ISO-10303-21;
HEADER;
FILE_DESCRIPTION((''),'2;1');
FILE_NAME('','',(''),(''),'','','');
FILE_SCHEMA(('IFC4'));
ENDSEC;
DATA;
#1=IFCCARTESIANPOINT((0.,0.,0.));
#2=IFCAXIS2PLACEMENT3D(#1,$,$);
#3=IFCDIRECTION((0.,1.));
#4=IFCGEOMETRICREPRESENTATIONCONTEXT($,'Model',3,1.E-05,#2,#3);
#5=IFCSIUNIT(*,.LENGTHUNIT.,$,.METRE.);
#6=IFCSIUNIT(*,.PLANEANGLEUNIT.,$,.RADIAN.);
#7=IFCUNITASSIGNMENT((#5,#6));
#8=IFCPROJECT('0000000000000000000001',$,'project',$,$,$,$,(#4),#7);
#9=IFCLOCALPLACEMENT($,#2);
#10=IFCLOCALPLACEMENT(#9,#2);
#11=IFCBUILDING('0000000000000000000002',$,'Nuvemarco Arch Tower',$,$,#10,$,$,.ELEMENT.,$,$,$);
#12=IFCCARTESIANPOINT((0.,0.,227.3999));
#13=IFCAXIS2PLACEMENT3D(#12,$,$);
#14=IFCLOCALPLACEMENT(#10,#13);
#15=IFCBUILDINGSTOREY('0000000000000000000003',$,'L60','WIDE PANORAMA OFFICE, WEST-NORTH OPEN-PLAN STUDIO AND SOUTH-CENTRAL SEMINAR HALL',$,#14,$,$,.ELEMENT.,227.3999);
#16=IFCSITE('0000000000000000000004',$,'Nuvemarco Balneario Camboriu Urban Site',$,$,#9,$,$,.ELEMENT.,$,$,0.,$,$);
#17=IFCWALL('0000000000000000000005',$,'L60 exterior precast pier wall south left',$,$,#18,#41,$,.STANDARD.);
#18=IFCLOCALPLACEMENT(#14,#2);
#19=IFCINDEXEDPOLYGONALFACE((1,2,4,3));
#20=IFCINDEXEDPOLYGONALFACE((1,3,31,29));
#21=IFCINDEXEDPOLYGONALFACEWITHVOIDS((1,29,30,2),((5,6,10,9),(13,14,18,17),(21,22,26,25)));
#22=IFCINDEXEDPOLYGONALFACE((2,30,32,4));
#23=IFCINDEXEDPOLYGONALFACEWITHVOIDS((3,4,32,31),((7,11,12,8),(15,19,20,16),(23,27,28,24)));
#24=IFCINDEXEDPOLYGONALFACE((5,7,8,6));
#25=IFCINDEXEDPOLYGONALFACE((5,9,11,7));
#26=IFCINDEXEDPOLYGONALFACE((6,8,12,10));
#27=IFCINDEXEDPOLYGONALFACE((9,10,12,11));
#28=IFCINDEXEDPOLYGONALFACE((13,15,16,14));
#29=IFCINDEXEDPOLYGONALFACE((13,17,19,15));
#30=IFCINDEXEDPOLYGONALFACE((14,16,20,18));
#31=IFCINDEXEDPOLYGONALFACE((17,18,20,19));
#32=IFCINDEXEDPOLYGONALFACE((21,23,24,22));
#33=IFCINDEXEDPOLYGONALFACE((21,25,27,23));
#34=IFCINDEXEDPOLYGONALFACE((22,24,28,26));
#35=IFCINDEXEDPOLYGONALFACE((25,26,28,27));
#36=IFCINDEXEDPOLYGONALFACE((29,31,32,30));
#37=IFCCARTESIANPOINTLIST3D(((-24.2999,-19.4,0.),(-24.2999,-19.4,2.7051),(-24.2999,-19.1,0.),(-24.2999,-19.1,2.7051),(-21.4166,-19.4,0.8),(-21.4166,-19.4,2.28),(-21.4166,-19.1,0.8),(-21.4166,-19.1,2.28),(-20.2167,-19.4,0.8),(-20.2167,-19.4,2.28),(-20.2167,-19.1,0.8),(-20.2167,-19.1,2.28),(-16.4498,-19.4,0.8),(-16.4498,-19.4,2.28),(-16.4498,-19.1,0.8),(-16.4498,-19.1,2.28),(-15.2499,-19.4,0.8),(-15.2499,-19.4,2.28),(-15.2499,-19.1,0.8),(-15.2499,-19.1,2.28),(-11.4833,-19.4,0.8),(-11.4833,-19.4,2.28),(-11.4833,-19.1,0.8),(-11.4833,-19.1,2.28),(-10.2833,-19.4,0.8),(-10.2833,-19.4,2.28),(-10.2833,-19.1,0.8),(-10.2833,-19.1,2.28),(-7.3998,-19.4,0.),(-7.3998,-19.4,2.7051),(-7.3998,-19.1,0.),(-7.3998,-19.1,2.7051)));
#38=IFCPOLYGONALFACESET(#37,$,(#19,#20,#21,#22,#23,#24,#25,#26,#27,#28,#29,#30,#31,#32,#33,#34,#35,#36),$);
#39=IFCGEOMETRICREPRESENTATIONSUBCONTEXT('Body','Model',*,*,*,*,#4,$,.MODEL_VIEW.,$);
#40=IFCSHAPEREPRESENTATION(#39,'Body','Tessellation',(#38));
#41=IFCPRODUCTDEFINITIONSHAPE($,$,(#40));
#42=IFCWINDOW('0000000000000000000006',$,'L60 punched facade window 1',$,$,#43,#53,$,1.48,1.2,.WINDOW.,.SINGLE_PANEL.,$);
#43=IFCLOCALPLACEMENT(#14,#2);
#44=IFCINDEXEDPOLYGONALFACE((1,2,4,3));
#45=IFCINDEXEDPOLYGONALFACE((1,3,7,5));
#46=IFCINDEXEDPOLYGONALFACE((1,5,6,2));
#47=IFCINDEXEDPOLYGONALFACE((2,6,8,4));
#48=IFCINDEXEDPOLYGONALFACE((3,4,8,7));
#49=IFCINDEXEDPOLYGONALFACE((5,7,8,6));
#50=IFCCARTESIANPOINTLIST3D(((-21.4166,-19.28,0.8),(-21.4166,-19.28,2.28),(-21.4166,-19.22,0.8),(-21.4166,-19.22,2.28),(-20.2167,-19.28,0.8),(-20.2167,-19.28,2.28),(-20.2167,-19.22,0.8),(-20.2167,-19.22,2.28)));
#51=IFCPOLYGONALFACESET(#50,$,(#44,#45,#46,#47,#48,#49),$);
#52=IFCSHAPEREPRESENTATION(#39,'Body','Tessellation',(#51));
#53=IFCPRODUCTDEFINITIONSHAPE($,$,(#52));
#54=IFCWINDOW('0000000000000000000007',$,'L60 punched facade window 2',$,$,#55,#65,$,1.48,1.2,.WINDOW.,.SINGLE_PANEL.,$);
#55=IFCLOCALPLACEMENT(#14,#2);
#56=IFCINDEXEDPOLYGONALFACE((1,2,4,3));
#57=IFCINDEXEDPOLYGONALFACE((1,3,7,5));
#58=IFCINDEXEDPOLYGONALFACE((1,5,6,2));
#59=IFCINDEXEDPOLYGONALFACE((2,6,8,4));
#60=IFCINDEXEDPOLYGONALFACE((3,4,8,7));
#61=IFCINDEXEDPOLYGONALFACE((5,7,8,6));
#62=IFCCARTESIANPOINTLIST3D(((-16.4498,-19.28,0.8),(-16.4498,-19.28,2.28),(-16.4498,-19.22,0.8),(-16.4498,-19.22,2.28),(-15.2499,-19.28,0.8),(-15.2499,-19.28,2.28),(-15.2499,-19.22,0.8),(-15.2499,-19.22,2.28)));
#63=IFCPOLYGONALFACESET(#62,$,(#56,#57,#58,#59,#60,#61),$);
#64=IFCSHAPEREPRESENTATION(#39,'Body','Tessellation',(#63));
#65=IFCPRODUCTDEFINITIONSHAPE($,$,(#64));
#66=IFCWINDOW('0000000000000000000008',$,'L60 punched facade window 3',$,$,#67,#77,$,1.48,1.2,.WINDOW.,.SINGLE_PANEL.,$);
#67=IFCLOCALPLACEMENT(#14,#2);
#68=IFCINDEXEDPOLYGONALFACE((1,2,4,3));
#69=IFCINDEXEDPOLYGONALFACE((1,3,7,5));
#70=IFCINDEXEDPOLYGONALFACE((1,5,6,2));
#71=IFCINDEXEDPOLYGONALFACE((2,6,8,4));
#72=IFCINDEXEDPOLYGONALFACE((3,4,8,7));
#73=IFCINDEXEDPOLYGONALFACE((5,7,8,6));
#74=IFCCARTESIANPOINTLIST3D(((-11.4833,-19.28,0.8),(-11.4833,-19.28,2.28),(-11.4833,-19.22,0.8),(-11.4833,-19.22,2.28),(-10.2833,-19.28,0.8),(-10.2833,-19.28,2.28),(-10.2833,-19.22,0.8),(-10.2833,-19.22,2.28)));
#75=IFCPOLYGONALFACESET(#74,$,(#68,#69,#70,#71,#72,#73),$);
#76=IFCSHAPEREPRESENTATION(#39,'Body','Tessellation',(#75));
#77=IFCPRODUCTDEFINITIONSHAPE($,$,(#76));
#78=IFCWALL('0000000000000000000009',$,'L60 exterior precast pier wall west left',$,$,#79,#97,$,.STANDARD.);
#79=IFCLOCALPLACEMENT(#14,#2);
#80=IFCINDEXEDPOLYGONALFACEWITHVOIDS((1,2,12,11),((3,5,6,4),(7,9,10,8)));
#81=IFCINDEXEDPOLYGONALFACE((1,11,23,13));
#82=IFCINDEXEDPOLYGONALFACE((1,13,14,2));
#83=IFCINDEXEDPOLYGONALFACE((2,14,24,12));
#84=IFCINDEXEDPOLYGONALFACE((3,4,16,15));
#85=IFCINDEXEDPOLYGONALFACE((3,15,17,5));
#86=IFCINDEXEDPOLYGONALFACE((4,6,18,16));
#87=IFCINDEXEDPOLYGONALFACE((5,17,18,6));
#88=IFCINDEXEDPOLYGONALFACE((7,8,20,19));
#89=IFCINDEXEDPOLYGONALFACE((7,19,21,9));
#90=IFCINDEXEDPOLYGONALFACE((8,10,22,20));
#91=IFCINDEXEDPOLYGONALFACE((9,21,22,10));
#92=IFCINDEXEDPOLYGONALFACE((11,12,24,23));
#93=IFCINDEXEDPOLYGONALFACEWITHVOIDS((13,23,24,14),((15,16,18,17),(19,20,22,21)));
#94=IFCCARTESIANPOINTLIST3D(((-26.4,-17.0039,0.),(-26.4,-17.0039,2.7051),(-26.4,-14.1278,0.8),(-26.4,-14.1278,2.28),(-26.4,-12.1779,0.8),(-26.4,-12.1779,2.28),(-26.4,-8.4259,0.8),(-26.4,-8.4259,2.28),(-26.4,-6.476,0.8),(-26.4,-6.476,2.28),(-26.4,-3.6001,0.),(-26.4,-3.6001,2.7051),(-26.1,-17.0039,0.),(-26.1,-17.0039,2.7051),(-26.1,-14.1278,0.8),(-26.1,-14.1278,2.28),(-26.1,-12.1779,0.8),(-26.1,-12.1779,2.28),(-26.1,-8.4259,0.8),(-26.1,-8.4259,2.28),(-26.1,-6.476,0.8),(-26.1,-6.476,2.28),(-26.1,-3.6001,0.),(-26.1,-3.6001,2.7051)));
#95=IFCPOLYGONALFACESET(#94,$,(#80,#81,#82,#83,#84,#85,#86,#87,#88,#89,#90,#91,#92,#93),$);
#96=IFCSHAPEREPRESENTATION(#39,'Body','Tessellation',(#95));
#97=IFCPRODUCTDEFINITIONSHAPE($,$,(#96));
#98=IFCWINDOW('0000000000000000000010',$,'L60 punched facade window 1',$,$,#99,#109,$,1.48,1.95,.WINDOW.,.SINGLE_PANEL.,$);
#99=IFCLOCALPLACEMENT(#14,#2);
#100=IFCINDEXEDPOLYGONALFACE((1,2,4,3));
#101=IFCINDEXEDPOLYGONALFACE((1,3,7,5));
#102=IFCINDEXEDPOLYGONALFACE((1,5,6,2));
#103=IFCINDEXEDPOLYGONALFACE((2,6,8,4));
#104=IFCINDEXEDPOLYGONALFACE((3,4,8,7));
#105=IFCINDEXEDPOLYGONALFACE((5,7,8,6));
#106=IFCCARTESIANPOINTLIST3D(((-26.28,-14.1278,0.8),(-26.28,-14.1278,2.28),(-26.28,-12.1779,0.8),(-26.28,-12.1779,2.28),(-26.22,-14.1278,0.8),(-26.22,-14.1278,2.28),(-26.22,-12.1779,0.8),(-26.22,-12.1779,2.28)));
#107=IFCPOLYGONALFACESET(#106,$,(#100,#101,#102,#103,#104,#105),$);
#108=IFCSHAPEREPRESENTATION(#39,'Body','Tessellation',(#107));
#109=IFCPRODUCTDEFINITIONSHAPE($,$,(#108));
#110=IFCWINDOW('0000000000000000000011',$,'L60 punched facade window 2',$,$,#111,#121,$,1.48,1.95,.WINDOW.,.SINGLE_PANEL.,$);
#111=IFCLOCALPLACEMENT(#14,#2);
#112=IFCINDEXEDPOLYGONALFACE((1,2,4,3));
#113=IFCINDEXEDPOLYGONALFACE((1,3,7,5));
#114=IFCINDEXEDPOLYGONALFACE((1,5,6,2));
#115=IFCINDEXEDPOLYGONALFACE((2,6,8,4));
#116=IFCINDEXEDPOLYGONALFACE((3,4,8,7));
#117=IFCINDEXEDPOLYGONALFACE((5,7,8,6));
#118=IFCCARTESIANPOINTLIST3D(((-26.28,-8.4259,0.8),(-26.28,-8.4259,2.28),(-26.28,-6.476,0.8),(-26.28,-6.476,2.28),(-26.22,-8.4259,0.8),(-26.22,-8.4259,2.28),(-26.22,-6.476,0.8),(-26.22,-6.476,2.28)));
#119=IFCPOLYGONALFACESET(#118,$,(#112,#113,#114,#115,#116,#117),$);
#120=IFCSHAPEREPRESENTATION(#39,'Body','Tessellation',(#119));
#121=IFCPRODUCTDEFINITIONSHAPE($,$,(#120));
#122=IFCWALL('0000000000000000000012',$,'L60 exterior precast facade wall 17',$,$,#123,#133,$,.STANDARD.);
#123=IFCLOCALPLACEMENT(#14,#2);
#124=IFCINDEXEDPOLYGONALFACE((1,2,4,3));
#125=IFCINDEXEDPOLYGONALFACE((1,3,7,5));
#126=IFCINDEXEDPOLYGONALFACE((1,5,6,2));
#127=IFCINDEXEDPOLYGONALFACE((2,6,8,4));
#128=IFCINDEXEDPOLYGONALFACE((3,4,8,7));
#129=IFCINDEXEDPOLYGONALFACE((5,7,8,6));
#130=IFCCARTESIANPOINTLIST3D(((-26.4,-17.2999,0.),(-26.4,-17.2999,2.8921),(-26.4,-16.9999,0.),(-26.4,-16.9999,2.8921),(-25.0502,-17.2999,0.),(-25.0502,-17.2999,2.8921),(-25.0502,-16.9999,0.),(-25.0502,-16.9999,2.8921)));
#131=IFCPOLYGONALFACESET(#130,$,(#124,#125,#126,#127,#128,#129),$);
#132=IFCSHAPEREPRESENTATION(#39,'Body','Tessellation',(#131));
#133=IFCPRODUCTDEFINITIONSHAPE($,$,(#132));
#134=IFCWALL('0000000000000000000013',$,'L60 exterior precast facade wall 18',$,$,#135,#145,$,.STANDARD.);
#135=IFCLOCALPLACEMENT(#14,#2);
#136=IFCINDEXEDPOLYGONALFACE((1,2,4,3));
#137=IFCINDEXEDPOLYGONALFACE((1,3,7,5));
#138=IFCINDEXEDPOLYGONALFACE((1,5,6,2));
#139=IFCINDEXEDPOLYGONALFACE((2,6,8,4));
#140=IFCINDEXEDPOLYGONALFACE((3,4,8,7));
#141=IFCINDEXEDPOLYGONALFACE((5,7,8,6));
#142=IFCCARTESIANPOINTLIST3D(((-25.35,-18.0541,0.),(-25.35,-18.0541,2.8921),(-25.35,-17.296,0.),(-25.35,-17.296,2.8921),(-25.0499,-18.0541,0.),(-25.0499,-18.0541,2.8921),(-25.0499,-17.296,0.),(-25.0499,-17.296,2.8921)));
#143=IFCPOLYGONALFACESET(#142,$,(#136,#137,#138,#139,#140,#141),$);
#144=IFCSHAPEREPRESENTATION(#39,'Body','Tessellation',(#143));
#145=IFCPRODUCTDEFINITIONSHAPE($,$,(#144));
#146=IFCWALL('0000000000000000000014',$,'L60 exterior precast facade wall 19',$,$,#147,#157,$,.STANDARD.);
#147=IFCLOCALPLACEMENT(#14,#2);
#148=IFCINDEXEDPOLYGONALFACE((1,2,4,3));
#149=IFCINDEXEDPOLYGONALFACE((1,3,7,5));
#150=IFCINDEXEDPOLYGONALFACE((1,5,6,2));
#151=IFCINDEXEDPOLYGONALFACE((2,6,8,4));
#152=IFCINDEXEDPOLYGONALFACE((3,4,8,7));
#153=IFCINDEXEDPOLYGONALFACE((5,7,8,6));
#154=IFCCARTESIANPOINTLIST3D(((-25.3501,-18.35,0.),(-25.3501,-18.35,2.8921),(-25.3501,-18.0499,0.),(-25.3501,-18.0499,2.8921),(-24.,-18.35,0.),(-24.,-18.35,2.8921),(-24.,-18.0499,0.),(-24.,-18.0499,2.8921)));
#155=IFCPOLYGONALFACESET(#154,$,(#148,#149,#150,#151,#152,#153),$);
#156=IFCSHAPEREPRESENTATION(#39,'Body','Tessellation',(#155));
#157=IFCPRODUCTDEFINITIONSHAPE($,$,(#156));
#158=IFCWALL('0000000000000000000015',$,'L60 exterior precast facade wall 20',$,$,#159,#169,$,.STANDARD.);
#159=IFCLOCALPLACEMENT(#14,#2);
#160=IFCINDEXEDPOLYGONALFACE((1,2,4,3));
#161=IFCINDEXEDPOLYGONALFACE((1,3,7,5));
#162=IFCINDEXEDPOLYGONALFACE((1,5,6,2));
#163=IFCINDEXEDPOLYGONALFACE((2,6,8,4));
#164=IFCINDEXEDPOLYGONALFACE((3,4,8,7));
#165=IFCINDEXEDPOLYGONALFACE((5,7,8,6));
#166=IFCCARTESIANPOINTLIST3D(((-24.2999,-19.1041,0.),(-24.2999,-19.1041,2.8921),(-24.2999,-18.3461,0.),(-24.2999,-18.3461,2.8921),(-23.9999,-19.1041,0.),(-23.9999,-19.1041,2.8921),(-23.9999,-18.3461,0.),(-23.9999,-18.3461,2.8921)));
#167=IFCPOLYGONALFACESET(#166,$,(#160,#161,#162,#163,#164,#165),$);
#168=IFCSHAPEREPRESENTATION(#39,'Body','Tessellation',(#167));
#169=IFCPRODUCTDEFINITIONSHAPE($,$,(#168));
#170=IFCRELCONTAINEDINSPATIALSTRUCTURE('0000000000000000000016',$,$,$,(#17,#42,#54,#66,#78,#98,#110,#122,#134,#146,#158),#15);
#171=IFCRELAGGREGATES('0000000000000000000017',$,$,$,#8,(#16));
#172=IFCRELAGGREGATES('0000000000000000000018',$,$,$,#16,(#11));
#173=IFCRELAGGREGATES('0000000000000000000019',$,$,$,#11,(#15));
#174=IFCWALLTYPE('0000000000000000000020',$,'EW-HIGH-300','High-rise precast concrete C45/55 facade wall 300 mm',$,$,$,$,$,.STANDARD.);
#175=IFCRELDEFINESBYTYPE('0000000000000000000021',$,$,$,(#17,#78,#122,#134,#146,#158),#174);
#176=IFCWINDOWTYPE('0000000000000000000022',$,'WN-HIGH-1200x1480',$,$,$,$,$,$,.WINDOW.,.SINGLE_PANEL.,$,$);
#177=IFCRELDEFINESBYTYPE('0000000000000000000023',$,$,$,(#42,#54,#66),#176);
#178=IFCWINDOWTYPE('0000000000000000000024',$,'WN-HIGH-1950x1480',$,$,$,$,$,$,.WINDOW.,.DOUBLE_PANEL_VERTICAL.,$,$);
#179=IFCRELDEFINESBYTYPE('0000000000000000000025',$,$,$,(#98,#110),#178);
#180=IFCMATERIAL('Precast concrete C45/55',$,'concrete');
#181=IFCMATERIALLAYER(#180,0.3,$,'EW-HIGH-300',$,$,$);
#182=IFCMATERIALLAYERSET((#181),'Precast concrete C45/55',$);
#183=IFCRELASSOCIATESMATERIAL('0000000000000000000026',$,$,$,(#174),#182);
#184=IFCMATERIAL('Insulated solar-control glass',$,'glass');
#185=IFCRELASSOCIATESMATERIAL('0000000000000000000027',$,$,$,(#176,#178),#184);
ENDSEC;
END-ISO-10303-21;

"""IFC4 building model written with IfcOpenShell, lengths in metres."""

from ifc_helpers import new_model, si_unit, direction, frame, frame_2d, origin, place, context, subcontext, project, spatial, rectangle, extrude, source, transform, mapped, material, layer, layer_set, type_object, type_shapes, element, fill, save


model = new_model("IFC4")

# Units and contexts
model_context = context("Model", 3, precision=1e-05, world=origin(), true_north=direction((0.0, 1.0)))
body_context = subcontext(model_context, "Body", "Model", "MODEL_VIEW")
ifc_project = project(units=[si_unit("LENGTHUNIT", "METRE"), si_unit("PLANEANGLEUNIT", "RADIAN")], contexts=[model_context])

# Site, building, storey
site_placement = place(None, origin())
site = spatial("IfcSite", under=ifc_project, at=site_placement, Name="Nuvemarco Balneario Camboriu Urban Site", CompositionType="ELEMENT", RefElevation=0.0)
building_placement = place(site_placement, origin())
building = spatial("IfcBuilding", under=site, at=building_placement, Name="Nuvemarco Arch Tower", CompositionType="ELEMENT")
storey_placement = place(building_placement, frame((0.0, 0.0, 227.3999)))
storey = spatial("IfcBuildingStorey", under=building, at=storey_placement, Name="L60", Description="WIDE PANORAMA OFFICE, WEST-NORTH OPEN-PLAN STUDIO AND SOUTH-CENTRAL SEMINAR HALL", CompositionType="ELEMENT", Elevation=227.3999)

# Shared definitions
ifc_material_1 = material(Name="Precast concrete C45/55", Category="concrete")

# Walls, openings, windows
ifc_layer_1 = layer(ifc_material_1, 0.3, Name="EW-HIGH-300")
ifc_layer_set_1 = layer_set([ifc_layer_1], Name="Precast concrete C45/55")
wall_type_1 = type_object("IfcWallType", Name="EW-HIGH-300", Description="High-rise precast concrete C45/55 facade wall 300 mm", PredefinedType="STANDARD", material=ifc_layer_set_1)
wall_1_placement = place(storey_placement, frame((-24.3, -19.25, 0.0), z_axis=(0.0, 0.0, 1.0), x_axis=(1.0, 0.0, 0.0)))
wall_1 = element("IfcWall", 1, at=wall_1_placement, inside=storey, type_object=wall_type_1, Name="L60 exterior precast pier wall south left", PredefinedType="STANDARD", context=body_context, shape_type="SweptSolid", body=[
    extrude(rectangle(XDim=16.9001, YDim=0.3, at=frame_2d((8.4502, 0.0))), origin(), (0.0, 0.0, 1.0), 2.7051),
])
opening_1_placement = place(wall_1_placement, frame((2.8833, 0.0, 0.8)))
opening_1 = element("IfcOpeningElement", 2, at=opening_1_placement, cuts=wall_1, PredefinedType="OPENING", context=body_context, shape_type="SweptSolid", body=[
    extrude(rectangle(XDim=1.2, YDim=1.48, at=frame_2d((0.6001, 0.74))), frame((0.0, 0.1599, 0.0), z_axis=(0.0, -1.0, 0.0), x_axis=(1.0, 0.0, 0.0)), (0.0, 0.0, 1.0), 0.3201),
])
opening_2_placement = place(wall_1_placement, frame((7.8501, 0.0, 0.8)))
opening_2 = element("IfcOpeningElement", 3, at=opening_2_placement, cuts=wall_1, PredefinedType="OPENING", context=body_context, shape_type="SweptSolid", body=[
    extrude(rectangle(XDim=1.2, YDim=1.48, at=frame_2d((0.6001, 0.74))), frame((0.0, 0.1599, 0.0), z_axis=(0.0, -1.0, 0.0), x_axis=(1.0, 0.0, 0.0)), (0.0, 0.0, 1.0), 0.3201),
])
opening_3_placement = place(wall_1_placement, frame((12.8167, 0.0, 0.8)))
opening_3 = element("IfcOpeningElement", 4, at=opening_3_placement, cuts=wall_1, PredefinedType="OPENING", context=body_context, shape_type="SweptSolid", body=[
    extrude(rectangle(XDim=1.2, YDim=1.48, at=frame_2d((0.6001, 0.74))), frame((0.0, 0.1599, 0.0), z_axis=(0.0, -1.0, 0.0), x_axis=(1.0, 0.0, 0.0)), (0.0, 0.0, 1.0), 0.3201),
])
ifc_material_2 = material(Name="Insulated solar-control glass", Category="glass")
window_type_1 = type_object("IfcWindowType", Name="WN-HIGH-1200x1480", PartitioningType="SINGLE_PANEL", PredefinedType="WINDOW", material=ifc_material_2)
shared_shape_1 = source(origin(), body_context, "Body", "SweptSolid", [
    extrude(rectangle(XDim=1.2, YDim=1.48, at=frame_2d((0.6001, 0.74))), frame((0.0, 0.03, 0.0), z_axis=(0.0, -1.0, 0.0), x_axis=(1.0, 0.0, 0.0)), (0.0, 0.0, 1.0), 0.0601),
])
type_shapes(window_type_1, [shared_shape_1])
window_1_placement = place(opening_1_placement, origin())
window_1 = element("IfcWindow", 5, at=window_1_placement, inside=storey, type_object=window_type_1, Name="L60 punched facade window 1", OverallHeight=1.48, OverallWidth=1.2, PartitioningType="SINGLE_PANEL", PredefinedType="WINDOW", context=body_context, shape_type="MappedRepresentation", body=[
    mapped(shared_shape_1, transform((0.0, 0.0, 0.0), scale=1.0)),
])
fill(opening_1, window_1)
window_2_placement = place(opening_2_placement, origin())
window_2 = element("IfcWindow", 6, at=window_2_placement, inside=storey, type_object=window_type_1, Name="L60 punched facade window 2", OverallHeight=1.48, OverallWidth=1.2, PartitioningType="SINGLE_PANEL", PredefinedType="WINDOW", context=body_context, shape_type="MappedRepresentation", body=[
    mapped(shared_shape_1, transform((0.0, 0.0, 0.0), scale=1.0)),
])
fill(opening_2, window_2)
window_3_placement = place(opening_3_placement, origin())
window_3 = element("IfcWindow", 7, at=window_3_placement, inside=storey, type_object=window_type_1, Name="L60 punched facade window 3", OverallHeight=1.48, OverallWidth=1.2, PartitioningType="SINGLE_PANEL", PredefinedType="WINDOW", context=body_context, shape_type="MappedRepresentation", body=[
    mapped(shared_shape_1, transform((0.0, 0.0, 0.0), scale=1.0)),
])
fill(opening_3, window_3)
wall_2_placement = place(storey_placement, frame((-26.25, -17.0039, 0.0), z_axis=(0.0, 0.0, 1.0), x_axis=(0.0, 1.0, 0.0)))
wall_2 = element("IfcWall", 8, at=wall_2_placement, inside=storey, type_object=wall_type_1, Name="L60 exterior precast pier wall west left", PredefinedType="STANDARD", context=body_context, shape_type="SweptSolid", body=[
    extrude(rectangle(XDim=13.4038, YDim=0.3, at=frame_2d((6.7019, 0.0))), origin(), (0.0, 0.0, 1.0), 2.7051),
])
opening_4_placement = place(wall_2_placement, frame((2.876, 0.0, 0.8)))
opening_4 = element("IfcOpeningElement", 9, at=opening_4_placement, cuts=wall_2, PredefinedType="OPENING", context=body_context, shape_type="SweptSolid", body=[
    extrude(rectangle(XDim=1.95, YDim=1.48, at=frame_2d((0.9751, 0.74))), frame((0.0, 0.1599, 0.0), z_axis=(0.0, -1.0, 0.0), x_axis=(1.0, 0.0, 0.0)), (0.0, 0.0, 1.0), 0.3201),
])
opening_5_placement = place(wall_2_placement, frame((8.5779, 0.0, 0.8)))
opening_5 = element("IfcOpeningElement", 10, at=opening_5_placement, cuts=wall_2, PredefinedType="OPENING", context=body_context, shape_type="SweptSolid", body=[
    extrude(rectangle(XDim=1.95, YDim=1.48, at=frame_2d((0.9751, 0.74))), frame((0.0, 0.1599, 0.0), z_axis=(0.0, -1.0, 0.0), x_axis=(1.0, 0.0, 0.0)), (0.0, 0.0, 1.0), 0.3201),
])
window_type_2 = type_object("IfcWindowType", Name="WN-HIGH-1950x1480", PartitioningType="DOUBLE_PANEL_VERTICAL", PredefinedType="WINDOW", material=ifc_material_2)
shared_shape_2 = source(origin(), body_context, "Body", "SweptSolid", [
    extrude(rectangle(XDim=1.95, YDim=1.48, at=frame_2d((0.9751, 0.74))), frame((0.0, 0.03, 0.0), z_axis=(0.0, -1.0, 0.0), x_axis=(1.0, 0.0, 0.0)), (0.0, 0.0, 1.0), 0.0601),
])
type_shapes(window_type_2, [shared_shape_2])
window_4_placement = place(opening_4_placement, origin())
window_4 = element("IfcWindow", 11, at=window_4_placement, inside=storey, type_object=window_type_2, Name="L60 punched facade window 1", OverallHeight=1.48, OverallWidth=1.95, PartitioningType="SINGLE_PANEL", PredefinedType="WINDOW", context=body_context, shape_type="MappedRepresentation", body=[
    mapped(shared_shape_2, transform((0.0, 0.0, 0.0), scale=1.0)),
])
fill(opening_4, window_4)
window_5_placement = place(opening_5_placement, origin())
window_5 = element("IfcWindow", 12, at=window_5_placement, inside=storey, type_object=window_type_2, Name="L60 punched facade window 2", OverallHeight=1.48, OverallWidth=1.95, PartitioningType="SINGLE_PANEL", PredefinedType="WINDOW", context=body_context, shape_type="MappedRepresentation", body=[
    mapped(shared_shape_2, transform((0.0, 0.0, 0.0), scale=1.0)),
])
fill(opening_5, window_5)

# Walls
wall_3_placement = place(storey_placement, frame((-26.3999, -17.1499, 0.0), z_axis=(0.0, 0.0, 1.0), x_axis=(1.0, 0.0, 0.0)))
element("IfcWall", 13, at=wall_3_placement, inside=storey, type_object=wall_type_1, Name="L60 exterior precast facade wall 17", PredefinedType="STANDARD", context=body_context, shape_type="SweptSolid", body=[
    extrude(rectangle(XDim=1.3499, YDim=0.3, at=frame_2d((0.6748, 0.0))), origin(), (0.0, 0.0, 1.0), 2.8921),
])
wall_4_placement = place(storey_placement, frame((-25.2, -18.054, 0.0), z_axis=(0.0, 0.0, 1.0), x_axis=(0.0, 1.0, 0.0)))
element("IfcWall", 14, at=wall_4_placement, inside=storey, type_object=wall_type_1, Name="L60 exterior precast facade wall 18", PredefinedType="STANDARD", context=body_context, shape_type="SweptSolid", body=[
    extrude(rectangle(XDim=0.7581, YDim=0.3, at=frame_2d((0.3789, 0.0))), origin(), (0.0, 0.0, 1.0), 2.8921),
])
wall_5_placement = place(storey_placement, frame((-25.3501, -18.2, 0.0), z_axis=(0.0, 0.0, 1.0), x_axis=(1.0, 0.0, 0.0)))
element("IfcWall", 15, at=wall_5_placement, inside=storey, type_object=wall_type_1, Name="L60 exterior precast facade wall 19", PredefinedType="STANDARD", context=body_context, shape_type="SweptSolid", body=[
    extrude(rectangle(XDim=1.3501, YDim=0.3, at=frame_2d((0.675, 0.0))), origin(), (0.0, 0.0, 1.0), 2.8921),
])
wall_6_placement = place(storey_placement, frame((-24.1499, -19.104, 0.0), z_axis=(0.0, 0.0, 1.0), x_axis=(0.0, 1.0, 0.0)))
element("IfcWall", 16, at=wall_6_placement, inside=storey, type_object=wall_type_1, Name="L60 exterior precast facade wall 20", PredefinedType="STANDARD", context=body_context, shape_type="SweptSolid", body=[
    extrude(rectangle(XDim=0.7581, YDim=0.3, at=frame_2d((0.3789, 0.0))), origin(), (0.0, 0.0, 1.0), 2.8921),
])

save(model, "model.ifc")
